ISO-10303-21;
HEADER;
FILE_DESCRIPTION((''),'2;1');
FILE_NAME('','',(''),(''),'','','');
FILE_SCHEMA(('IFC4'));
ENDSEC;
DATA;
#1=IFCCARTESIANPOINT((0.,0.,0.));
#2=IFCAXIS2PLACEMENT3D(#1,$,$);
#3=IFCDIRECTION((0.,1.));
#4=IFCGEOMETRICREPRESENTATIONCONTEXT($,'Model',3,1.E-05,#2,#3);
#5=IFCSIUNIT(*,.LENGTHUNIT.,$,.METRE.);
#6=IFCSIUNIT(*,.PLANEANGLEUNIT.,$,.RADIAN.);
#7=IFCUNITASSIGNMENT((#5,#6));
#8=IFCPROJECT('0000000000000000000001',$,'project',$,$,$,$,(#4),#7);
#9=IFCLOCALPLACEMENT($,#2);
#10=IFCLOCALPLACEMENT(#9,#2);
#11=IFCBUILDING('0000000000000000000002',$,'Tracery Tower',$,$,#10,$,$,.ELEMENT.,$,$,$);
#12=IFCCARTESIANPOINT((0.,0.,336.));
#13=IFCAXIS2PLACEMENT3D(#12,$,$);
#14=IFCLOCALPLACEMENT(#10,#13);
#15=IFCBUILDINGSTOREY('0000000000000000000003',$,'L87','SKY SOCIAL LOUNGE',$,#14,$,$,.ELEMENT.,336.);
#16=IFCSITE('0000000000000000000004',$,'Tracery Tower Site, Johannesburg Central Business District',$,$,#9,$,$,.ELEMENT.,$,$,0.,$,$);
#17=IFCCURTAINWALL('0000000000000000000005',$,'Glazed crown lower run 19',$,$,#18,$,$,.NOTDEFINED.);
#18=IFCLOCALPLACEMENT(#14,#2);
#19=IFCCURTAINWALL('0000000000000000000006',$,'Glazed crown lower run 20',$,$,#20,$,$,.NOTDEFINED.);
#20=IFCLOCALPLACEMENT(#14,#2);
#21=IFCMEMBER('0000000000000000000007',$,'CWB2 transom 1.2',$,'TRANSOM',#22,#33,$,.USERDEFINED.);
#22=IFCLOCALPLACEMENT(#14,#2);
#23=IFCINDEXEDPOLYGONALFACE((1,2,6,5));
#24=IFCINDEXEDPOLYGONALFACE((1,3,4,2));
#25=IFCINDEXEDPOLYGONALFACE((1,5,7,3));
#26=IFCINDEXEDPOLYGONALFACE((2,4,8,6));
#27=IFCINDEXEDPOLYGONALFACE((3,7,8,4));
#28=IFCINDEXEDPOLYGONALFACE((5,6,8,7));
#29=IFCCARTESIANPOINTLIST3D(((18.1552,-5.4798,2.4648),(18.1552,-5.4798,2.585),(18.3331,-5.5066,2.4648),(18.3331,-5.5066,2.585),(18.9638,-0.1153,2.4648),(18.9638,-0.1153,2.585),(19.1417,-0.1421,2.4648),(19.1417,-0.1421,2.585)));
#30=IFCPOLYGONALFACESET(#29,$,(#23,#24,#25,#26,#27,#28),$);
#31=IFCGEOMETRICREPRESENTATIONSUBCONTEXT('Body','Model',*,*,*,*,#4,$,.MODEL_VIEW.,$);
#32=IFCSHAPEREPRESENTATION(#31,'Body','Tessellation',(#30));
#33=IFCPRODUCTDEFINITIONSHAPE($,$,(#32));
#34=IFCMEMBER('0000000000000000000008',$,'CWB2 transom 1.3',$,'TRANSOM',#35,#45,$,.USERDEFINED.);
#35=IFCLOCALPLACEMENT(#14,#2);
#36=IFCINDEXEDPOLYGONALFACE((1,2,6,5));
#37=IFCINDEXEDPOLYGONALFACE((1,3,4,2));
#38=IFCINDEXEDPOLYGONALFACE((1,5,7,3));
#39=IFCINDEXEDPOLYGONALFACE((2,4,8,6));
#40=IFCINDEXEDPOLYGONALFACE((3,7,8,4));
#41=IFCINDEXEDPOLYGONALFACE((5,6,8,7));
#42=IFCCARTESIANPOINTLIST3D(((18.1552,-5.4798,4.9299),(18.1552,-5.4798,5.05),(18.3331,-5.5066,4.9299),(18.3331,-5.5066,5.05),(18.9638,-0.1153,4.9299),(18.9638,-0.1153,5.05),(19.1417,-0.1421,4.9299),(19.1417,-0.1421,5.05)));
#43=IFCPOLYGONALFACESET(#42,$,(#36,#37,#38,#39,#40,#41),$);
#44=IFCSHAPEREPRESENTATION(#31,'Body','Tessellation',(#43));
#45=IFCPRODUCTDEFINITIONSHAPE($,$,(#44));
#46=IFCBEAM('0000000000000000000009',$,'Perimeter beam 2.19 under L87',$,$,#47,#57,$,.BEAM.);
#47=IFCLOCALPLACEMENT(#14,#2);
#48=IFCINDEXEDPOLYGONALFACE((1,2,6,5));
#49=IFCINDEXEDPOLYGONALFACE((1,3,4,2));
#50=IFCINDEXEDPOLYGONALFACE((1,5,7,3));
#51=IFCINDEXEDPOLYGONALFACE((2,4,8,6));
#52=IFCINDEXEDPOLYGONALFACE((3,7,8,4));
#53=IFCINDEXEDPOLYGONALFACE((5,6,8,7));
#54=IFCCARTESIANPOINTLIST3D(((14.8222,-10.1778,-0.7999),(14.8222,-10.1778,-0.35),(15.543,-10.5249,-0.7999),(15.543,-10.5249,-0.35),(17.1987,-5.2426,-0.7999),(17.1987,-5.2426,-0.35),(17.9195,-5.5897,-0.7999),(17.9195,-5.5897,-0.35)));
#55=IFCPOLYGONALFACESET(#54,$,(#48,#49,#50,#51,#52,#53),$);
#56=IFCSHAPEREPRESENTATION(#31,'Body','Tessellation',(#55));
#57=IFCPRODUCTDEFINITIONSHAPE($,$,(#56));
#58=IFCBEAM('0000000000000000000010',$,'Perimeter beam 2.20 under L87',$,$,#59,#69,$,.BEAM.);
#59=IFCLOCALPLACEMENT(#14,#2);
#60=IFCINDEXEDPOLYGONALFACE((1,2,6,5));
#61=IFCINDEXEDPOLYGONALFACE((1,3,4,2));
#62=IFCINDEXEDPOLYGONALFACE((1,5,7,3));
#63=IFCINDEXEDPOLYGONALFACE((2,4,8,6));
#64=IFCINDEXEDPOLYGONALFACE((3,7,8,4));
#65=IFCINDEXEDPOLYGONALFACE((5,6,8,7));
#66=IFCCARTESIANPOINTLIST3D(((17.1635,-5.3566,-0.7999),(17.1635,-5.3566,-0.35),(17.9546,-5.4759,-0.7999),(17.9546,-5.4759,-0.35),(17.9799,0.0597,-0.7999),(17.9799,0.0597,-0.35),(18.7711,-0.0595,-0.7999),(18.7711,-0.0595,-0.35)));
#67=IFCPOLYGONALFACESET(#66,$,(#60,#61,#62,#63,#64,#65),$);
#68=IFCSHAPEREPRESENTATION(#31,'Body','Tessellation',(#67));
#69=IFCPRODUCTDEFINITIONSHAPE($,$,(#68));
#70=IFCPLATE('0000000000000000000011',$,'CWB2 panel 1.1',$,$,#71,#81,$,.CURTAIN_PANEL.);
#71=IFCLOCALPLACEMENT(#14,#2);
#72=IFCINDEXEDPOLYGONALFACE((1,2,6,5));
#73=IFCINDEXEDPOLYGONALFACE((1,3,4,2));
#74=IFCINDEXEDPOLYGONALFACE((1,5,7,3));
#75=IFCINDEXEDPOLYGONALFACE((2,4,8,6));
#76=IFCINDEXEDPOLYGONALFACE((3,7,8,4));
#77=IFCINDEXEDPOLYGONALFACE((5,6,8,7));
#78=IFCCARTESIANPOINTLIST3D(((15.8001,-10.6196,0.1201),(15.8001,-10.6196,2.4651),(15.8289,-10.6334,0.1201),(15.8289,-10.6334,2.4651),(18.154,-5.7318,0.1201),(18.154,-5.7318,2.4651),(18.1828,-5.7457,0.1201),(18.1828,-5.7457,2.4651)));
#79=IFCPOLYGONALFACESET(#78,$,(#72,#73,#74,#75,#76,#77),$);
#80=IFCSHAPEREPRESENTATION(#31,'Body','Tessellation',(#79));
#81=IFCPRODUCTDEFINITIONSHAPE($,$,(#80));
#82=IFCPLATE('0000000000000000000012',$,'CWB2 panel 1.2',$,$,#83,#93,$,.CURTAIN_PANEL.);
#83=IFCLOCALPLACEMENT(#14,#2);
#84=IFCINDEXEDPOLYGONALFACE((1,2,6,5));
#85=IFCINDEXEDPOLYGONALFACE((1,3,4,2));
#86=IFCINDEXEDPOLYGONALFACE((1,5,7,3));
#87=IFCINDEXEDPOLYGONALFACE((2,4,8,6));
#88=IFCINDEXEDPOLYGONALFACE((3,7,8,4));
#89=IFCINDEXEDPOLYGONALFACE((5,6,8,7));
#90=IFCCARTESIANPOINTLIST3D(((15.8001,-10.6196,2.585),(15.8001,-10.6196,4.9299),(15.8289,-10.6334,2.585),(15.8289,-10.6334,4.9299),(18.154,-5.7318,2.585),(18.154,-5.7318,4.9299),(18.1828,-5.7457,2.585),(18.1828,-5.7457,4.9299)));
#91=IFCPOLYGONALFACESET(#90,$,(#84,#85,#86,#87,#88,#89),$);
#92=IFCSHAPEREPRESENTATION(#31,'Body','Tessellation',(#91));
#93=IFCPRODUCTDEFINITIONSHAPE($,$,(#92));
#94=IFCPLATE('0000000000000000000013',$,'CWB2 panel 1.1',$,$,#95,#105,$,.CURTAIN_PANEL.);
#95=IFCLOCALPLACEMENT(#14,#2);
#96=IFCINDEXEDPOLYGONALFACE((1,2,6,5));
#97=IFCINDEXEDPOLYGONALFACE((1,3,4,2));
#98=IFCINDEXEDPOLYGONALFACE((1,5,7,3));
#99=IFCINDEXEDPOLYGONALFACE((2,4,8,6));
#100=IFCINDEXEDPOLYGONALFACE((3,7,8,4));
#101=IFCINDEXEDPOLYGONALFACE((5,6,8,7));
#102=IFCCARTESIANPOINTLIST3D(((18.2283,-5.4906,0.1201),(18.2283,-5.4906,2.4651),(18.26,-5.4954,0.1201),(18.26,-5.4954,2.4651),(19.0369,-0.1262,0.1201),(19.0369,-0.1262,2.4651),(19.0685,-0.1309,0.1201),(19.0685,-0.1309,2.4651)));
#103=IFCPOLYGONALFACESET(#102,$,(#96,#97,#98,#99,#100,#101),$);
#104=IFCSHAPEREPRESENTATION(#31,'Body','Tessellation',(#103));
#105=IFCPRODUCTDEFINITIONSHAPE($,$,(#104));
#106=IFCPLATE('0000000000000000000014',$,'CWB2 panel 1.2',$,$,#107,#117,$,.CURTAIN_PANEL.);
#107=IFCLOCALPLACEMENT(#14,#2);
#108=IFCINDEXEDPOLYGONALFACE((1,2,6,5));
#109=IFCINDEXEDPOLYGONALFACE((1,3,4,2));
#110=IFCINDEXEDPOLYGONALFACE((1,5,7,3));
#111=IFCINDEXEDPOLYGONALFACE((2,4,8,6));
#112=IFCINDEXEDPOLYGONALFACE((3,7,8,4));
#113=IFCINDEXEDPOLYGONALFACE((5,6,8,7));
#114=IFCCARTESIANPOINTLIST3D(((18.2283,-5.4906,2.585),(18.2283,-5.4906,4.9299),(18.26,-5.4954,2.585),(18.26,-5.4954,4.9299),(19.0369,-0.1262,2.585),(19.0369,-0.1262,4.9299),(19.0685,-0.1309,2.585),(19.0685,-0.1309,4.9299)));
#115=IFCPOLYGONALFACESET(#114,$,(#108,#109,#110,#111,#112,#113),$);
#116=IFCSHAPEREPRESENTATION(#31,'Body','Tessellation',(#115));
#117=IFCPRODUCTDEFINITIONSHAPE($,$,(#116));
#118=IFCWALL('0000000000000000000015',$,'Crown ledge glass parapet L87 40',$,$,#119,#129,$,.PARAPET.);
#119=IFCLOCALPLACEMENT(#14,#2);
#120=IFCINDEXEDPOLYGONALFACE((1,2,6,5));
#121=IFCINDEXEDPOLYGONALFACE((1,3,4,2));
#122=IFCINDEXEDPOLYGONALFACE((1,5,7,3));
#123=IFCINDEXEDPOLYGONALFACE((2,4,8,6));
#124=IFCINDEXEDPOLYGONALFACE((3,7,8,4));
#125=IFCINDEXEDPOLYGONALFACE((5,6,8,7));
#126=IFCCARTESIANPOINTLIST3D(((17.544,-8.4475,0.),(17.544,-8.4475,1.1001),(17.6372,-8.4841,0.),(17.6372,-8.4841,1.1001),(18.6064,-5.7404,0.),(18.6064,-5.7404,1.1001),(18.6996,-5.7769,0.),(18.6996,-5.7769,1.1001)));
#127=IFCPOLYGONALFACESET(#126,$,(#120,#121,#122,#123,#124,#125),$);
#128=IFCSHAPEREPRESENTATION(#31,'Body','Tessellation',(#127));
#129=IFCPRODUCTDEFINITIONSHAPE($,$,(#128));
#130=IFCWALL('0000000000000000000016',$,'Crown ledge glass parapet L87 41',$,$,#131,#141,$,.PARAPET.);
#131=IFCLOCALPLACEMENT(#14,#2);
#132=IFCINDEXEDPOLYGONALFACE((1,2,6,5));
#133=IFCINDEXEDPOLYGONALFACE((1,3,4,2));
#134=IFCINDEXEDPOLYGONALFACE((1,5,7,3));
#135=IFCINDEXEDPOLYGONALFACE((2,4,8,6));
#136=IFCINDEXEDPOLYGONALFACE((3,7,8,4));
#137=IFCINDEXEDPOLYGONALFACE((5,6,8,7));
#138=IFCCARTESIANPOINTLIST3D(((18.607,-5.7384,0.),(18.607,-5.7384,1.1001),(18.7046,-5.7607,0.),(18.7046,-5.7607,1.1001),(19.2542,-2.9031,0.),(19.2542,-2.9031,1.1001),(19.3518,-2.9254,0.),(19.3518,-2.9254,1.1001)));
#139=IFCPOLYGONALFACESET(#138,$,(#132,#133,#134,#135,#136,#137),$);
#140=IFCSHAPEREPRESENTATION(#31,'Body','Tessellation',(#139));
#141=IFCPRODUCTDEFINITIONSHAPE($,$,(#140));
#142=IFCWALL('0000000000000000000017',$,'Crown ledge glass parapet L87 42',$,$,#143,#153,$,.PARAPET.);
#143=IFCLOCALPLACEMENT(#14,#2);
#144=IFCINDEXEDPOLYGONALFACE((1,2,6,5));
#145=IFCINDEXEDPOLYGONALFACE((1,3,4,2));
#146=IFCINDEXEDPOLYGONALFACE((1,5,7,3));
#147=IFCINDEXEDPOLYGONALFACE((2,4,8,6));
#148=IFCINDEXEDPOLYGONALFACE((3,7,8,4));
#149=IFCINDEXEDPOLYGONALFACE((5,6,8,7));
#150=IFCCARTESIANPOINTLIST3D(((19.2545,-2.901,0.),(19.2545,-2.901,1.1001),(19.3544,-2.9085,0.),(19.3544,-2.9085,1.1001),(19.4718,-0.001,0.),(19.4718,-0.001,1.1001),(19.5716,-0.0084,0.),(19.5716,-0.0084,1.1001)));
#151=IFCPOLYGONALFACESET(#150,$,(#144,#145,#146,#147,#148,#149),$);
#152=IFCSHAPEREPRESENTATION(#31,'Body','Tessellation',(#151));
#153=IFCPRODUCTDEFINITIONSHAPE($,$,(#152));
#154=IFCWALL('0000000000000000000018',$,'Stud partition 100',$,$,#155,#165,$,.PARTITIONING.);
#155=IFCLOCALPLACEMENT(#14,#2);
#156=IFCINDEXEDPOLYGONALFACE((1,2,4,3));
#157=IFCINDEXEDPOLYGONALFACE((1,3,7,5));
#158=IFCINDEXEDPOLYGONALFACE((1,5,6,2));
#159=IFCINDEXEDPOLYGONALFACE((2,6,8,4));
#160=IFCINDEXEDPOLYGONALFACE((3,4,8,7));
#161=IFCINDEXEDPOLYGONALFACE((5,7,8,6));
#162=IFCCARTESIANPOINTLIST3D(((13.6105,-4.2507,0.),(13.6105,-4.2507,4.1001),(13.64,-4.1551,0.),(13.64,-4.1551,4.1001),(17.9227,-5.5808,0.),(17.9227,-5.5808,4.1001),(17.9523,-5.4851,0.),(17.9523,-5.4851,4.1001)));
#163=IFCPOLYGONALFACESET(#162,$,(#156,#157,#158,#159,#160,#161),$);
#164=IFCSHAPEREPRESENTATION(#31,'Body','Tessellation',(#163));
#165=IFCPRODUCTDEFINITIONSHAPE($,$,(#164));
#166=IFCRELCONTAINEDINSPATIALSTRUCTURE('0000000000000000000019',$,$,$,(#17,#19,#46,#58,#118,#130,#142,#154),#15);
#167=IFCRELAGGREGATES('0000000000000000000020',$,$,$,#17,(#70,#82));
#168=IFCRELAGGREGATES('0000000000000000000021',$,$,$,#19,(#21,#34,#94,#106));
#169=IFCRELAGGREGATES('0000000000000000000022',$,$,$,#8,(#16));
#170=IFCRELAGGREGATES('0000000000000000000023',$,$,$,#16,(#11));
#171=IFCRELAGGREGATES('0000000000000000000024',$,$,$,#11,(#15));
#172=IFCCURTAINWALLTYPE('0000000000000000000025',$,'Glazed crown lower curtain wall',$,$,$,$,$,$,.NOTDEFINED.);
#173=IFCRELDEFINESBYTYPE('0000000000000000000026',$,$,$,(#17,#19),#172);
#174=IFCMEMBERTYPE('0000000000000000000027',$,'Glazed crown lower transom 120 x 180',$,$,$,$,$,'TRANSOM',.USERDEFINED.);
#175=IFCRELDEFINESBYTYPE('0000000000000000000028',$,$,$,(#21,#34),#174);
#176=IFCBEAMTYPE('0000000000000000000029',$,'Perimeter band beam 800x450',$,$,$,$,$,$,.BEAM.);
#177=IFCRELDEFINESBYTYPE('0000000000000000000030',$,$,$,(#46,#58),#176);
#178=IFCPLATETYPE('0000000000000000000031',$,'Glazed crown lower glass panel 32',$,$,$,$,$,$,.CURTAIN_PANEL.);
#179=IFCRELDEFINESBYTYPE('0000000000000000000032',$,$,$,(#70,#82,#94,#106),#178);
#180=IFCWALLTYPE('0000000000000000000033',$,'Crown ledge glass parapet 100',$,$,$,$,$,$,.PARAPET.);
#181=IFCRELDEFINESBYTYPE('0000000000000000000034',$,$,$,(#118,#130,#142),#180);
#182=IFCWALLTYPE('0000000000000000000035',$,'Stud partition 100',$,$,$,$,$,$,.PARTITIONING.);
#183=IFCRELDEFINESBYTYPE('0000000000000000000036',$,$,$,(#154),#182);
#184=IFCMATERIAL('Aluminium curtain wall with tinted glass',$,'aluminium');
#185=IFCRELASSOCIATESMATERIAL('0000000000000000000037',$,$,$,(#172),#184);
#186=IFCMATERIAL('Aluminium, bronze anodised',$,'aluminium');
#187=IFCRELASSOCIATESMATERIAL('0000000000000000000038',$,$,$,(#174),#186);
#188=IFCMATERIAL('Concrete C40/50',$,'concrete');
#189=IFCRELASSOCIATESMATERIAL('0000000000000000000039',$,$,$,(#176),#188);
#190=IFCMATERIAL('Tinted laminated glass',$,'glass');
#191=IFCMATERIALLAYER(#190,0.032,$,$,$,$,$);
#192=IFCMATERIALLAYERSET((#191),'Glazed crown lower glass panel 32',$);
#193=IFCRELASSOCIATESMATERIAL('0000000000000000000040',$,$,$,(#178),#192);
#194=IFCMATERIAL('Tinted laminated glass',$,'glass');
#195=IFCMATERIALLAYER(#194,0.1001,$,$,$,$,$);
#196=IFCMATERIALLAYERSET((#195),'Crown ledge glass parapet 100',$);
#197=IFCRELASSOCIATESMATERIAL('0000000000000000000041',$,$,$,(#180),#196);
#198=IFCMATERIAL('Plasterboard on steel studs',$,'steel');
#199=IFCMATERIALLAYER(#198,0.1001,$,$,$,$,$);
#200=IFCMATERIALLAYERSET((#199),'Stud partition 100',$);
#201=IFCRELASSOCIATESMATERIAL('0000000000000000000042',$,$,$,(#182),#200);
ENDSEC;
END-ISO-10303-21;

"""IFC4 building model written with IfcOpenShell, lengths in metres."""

from ifc_helpers import new_model, si_unit, direction, frame, frame_2d, origin, origin_2d, place, context, subcontext, project, spatial, rectangle, extrude, material, layer, layer_set, material_profile, profile_set, type_object, element, aggregate, save


model = new_model("IFC4")

# Units and contexts
model_context = context("Model", 3, precision=1e-05, world=origin(), true_north=direction((0.0, 1.0)))
body_context = subcontext(model_context, "Body", "Model", "MODEL_VIEW")
ifc_project = project(units=[si_unit("LENGTHUNIT", "METRE"), si_unit("PLANEANGLEUNIT", "RADIAN")], contexts=[model_context])

# Site, building, storey
site_placement = place(None, origin())
site = spatial("IfcSite", under=ifc_project, at=site_placement, Name="Tracery Tower Site, Johannesburg Central Business District", CompositionType="ELEMENT", RefElevation=0.0)
building_placement = place(site_placement, origin())
building = spatial("IfcBuilding", under=site, at=building_placement, Name="Tracery Tower", CompositionType="ELEMENT")
storey_placement = place(building_placement, frame((0.0, 0.0, 336.0)))
storey = spatial("IfcBuildingStorey", under=building, at=storey_placement, Name="L87", Description="SKY SOCIAL LOUNGE", CompositionType="ELEMENT", Elevation=336.0)

# Shared definitions
ifc_material_1 = material(Name="Aluminium curtain wall with tinted glass", Category="aluminium")
curtain_wall_type = type_object("IfcCurtainWallType", Name="Glazed crown lower curtain wall", PredefinedType="NOTDEFINED", material=ifc_material_1)

# Curtain wall
curtain_wall_1_placement = place(storey_placement, origin())
curtain_wall_1 = element("IfcCurtainWall", 1, at=curtain_wall_1_placement, inside=storey, type_object=curtain_wall_type, Name="Glazed crown lower run 19", PredefinedType="NOTDEFINED")

# Curtain wall
curtain_wall_2_placement = place(storey_placement, origin())
curtain_wall_2 = element("IfcCurtainWall", 2, at=curtain_wall_2_placement, inside=storey, type_object=curtain_wall_type, Name="Glazed crown lower run 20", PredefinedType="NOTDEFINED")

# Members
ifc_material_2 = material(Name="Aluminium, bronze anodised", Category="aluminium")
ifc_material_profile_1 = material_profile(ifc_material_2, rectangle(XDim=0.1799, YDim=0.1201, at=origin_2d()), Name="Glazed crown lower transom 120 x 180")
ifc_profile_set_1 = profile_set([ifc_material_profile_1], Name="Aluminium, bronze anodised")
member_type_1 = type_object("IfcMemberType", Name="Glazed crown lower transom 120 x 180", ElementType="TRANSOM", PredefinedType="USERDEFINED", material=ifc_profile_set_1)
member_1_placement = place(storey_placement, frame((18.2441, -5.4932, 2.5249), z_axis=(0.149047, 0.98883, 0.0), x_axis=(-0.98883, 0.149047, 0.0)))
member_1 = element("IfcMember", 3, at=member_1_placement, type_object=member_type_1, Name="CWB2 transom 1.2", ObjectType="TRANSOM", PredefinedType="USERDEFINED", context=body_context, shape_type="SweptSolid", body=[
    extrude(rectangle(XDim=0.1799, YDim=0.1201, at=origin_2d()), origin(), (0.0, 0.0, 1.0), 5.425),
])
member_2_placement = place(storey_placement, frame((18.2441, -5.4932, 4.99), z_axis=(0.149047, 0.98883, 0.0), x_axis=(-0.98883, 0.149047, 0.0)))
member_2 = element("IfcMember", 4, at=member_2_placement, type_object=member_type_1, Name="CWB2 transom 1.3", ObjectType="TRANSOM", PredefinedType="USERDEFINED", context=body_context, shape_type="SweptSolid", body=[
    extrude(rectangle(XDim=0.1799, YDim=0.1201, at=origin_2d()), origin(), (0.0, 0.0, 1.0), 5.425),
])

# Beams
ifc_material_3 = material(Name="Concrete C40/50", Category="concrete")
ifc_material_profile_2 = material_profile(ifc_material_3, rectangle(XDim=0.8, YDim=0.45, at=origin_2d()), Name="RC 800x450")
ifc_profile_set_2 = profile_set([ifc_material_profile_2], Name="Concrete C40/50")
beam_type = type_object("IfcBeamType", Name="Perimeter band beam 800x450", PredefinedType="BEAM", material=ifc_profile_set_2)
for number, where, z_axis, x_axis, name in (
    (5, (15.1826, -10.3513, -0.575), (0.433864, 0.900978, 0.0), (-0.900978, 0.433864, 0.0), "Perimeter beam 2.19 under L87"),
    (6, (17.5591, -5.4163, -0.575), (0.149049, 0.98883, 0.0), (-0.98883, 0.149049, 0.0), "Perimeter beam 2.20 under L87"),
):
    element("IfcBeam", number, at=place(storey_placement, frame(where, z_axis=z_axis, x_axis=x_axis)), inside=storey, type_object=beam_type, Name=name, PredefinedType="BEAM", context=body_context, shape_type="SweptSolid", body=[
        extrude(rectangle(XDim=0.8, YDim=0.45, at=origin_2d()), origin(), (0.0, 0.0, 1.0), 5.4775),
    ])

# Plates
ifc_material_4 = material(Name="Tinted laminated glass", Category="glass")
ifc_layer_1 = layer(ifc_material_4, 0.032)
ifc_layer_set_1 = layer_set([ifc_layer_1], Name="Glazed crown lower glass panel 32")
plate_type = type_object("IfcPlateType", Name="Glazed crown lower glass panel 32", PredefinedType="CURTAIN_PANEL", material=ifc_layer_set_1)
plate_1_placement = place(storey_placement, frame((16.9915, -8.1826, 0.1201), z_axis=(0.0, 0.0, 1.0), x_axis=(0.433891, 0.900966, 0.0)))
plate_1 = element("IfcPlate", 7, at=plate_1_placement, type_object=plate_type, Name="CWB2 panel 1.1", PredefinedType="CURTAIN_PANEL", context=body_context, shape_type="SweptSolid", body=[
    extrude(rectangle(XDim=5.425, YDim=0.032, at=origin_2d()), origin(), (0.0, 0.0, 1.0), 2.345),
])
plate_2_placement = place(storey_placement, frame((16.9915, -8.1826, 2.585), z_axis=(0.0, 0.0, 1.0), x_axis=(0.433891, 0.900966, 0.0)))
plate_2 = element("IfcPlate", 8, at=plate_2_placement, type_object=plate_type, Name="CWB2 panel 1.2", PredefinedType="CURTAIN_PANEL", context=body_context, shape_type="SweptSolid", body=[
    extrude(rectangle(XDim=5.425, YDim=0.032, at=origin_2d()), origin(), (0.0, 0.0, 1.0), 2.345),
])
aggregate(curtain_wall_1, [plate_1, plate_2])
plate_3_placement = place(storey_placement, frame((18.6484, -2.8108, 0.1201), z_axis=(0.0, 0.0, 1.0), x_axis=(0.149043, 0.988831, 0.0)))
plate_3 = element("IfcPlate", 9, at=plate_3_placement, type_object=plate_type, Name="CWB2 panel 1.1", PredefinedType="CURTAIN_PANEL", context=body_context, shape_type="SweptSolid", body=[
    extrude(rectangle(XDim=5.425, YDim=0.032, at=origin_2d()), origin(), (0.0, 0.0, 1.0), 2.345),
])
plate_4_placement = place(storey_placement, frame((18.6484, -2.8108, 2.585), z_axis=(0.0, 0.0, 1.0), x_axis=(0.149043, 0.988831, 0.0)))
plate_4 = element("IfcPlate", 10, at=plate_4_placement, type_object=plate_type, Name="CWB2 panel 1.2", PredefinedType="CURTAIN_PANEL", context=body_context, shape_type="SweptSolid", body=[
    extrude(rectangle(XDim=5.425, YDim=0.032, at=origin_2d()), origin(), (0.0, 0.0, 1.0), 2.345),
])
aggregate(curtain_wall_2, [member_1, member_2, plate_3, plate_4])

# Walls
ifc_material_5 = material(Name="Tinted laminated glass", Category="glass")
ifc_layer_2 = layer(ifc_material_5, 0.1001)
ifc_layer_set_2 = layer_set([ifc_layer_2], Name="Crown ledge glass parapet 100")
wall_type_1 = type_object("IfcWallType", Name="Crown ledge glass parapet 100", PredefinedType="PARAPET", material=ifc_layer_set_2)
for number, where, z_axis, x_axis, name in (
    (11, (17.5906, -8.4658, 0.0), (0.0, 0.0, 1.0), (0.365333, 0.930877, 0.0), "Crown ledge glass parapet L87 40"),
    (12, (18.6558, -5.7495, 0.0), (0.0, 0.0, 1.0), (0.222554, 0.97492, 0.0), "Crown ledge glass parapet L87 41"),
    (13, (19.3044, -2.9048, 0.0), (0.0, 0.0, 1.0), (0.074713, 0.997205, 0.0), "Crown ledge glass parapet L87 42"),
):
    element("IfcWall", number, at=place(storey_placement, frame(where, z_axis=z_axis, x_axis=x_axis)), inside=storey, type_object=wall_type_1, Name=name, PredefinedType="PARAPET", context=body_context, shape_type="SweptSolid", body=[
        extrude(rectangle(XDim=2.9082, YDim=0.1001, at=frame_2d((1.4541, 0.0))), origin(), (0.0, 0.0, 1.0), 1.1001),
    ])
ifc_material_6 = material(Name="Plasterboard on steel studs", Category="steel")
ifc_layer_3 = layer(ifc_material_6, 0.1001)
ifc_layer_set_3 = layer_set([ifc_layer_3], Name="Stud partition 100")
wall_type_2 = type_object("IfcWallType", Name="Stud partition 100", PredefinedType="PARTITIONING", material=ifc_layer_set_3)
wall_placement = place(storey_placement, frame((17.9375, -5.533, 0.0), z_axis=(0.0, 0.0, 1.0), x_axis=(-0.955578, 0.29474, 0.0)))
element("IfcWall", 14, at=wall_placement, inside=storey, type_object=wall_type_2, Name="Stud partition 100", PredefinedType="PARTITIONING", context=body_context, shape_type="SweptSolid", body=[
    extrude(rectangle(XDim=4.5127, YDim=0.1001, at=frame_2d((2.2563, 0.0))), origin(), (0.0, 0.0, 1.0), 4.1001),
])

save(model, "model.ifc")
